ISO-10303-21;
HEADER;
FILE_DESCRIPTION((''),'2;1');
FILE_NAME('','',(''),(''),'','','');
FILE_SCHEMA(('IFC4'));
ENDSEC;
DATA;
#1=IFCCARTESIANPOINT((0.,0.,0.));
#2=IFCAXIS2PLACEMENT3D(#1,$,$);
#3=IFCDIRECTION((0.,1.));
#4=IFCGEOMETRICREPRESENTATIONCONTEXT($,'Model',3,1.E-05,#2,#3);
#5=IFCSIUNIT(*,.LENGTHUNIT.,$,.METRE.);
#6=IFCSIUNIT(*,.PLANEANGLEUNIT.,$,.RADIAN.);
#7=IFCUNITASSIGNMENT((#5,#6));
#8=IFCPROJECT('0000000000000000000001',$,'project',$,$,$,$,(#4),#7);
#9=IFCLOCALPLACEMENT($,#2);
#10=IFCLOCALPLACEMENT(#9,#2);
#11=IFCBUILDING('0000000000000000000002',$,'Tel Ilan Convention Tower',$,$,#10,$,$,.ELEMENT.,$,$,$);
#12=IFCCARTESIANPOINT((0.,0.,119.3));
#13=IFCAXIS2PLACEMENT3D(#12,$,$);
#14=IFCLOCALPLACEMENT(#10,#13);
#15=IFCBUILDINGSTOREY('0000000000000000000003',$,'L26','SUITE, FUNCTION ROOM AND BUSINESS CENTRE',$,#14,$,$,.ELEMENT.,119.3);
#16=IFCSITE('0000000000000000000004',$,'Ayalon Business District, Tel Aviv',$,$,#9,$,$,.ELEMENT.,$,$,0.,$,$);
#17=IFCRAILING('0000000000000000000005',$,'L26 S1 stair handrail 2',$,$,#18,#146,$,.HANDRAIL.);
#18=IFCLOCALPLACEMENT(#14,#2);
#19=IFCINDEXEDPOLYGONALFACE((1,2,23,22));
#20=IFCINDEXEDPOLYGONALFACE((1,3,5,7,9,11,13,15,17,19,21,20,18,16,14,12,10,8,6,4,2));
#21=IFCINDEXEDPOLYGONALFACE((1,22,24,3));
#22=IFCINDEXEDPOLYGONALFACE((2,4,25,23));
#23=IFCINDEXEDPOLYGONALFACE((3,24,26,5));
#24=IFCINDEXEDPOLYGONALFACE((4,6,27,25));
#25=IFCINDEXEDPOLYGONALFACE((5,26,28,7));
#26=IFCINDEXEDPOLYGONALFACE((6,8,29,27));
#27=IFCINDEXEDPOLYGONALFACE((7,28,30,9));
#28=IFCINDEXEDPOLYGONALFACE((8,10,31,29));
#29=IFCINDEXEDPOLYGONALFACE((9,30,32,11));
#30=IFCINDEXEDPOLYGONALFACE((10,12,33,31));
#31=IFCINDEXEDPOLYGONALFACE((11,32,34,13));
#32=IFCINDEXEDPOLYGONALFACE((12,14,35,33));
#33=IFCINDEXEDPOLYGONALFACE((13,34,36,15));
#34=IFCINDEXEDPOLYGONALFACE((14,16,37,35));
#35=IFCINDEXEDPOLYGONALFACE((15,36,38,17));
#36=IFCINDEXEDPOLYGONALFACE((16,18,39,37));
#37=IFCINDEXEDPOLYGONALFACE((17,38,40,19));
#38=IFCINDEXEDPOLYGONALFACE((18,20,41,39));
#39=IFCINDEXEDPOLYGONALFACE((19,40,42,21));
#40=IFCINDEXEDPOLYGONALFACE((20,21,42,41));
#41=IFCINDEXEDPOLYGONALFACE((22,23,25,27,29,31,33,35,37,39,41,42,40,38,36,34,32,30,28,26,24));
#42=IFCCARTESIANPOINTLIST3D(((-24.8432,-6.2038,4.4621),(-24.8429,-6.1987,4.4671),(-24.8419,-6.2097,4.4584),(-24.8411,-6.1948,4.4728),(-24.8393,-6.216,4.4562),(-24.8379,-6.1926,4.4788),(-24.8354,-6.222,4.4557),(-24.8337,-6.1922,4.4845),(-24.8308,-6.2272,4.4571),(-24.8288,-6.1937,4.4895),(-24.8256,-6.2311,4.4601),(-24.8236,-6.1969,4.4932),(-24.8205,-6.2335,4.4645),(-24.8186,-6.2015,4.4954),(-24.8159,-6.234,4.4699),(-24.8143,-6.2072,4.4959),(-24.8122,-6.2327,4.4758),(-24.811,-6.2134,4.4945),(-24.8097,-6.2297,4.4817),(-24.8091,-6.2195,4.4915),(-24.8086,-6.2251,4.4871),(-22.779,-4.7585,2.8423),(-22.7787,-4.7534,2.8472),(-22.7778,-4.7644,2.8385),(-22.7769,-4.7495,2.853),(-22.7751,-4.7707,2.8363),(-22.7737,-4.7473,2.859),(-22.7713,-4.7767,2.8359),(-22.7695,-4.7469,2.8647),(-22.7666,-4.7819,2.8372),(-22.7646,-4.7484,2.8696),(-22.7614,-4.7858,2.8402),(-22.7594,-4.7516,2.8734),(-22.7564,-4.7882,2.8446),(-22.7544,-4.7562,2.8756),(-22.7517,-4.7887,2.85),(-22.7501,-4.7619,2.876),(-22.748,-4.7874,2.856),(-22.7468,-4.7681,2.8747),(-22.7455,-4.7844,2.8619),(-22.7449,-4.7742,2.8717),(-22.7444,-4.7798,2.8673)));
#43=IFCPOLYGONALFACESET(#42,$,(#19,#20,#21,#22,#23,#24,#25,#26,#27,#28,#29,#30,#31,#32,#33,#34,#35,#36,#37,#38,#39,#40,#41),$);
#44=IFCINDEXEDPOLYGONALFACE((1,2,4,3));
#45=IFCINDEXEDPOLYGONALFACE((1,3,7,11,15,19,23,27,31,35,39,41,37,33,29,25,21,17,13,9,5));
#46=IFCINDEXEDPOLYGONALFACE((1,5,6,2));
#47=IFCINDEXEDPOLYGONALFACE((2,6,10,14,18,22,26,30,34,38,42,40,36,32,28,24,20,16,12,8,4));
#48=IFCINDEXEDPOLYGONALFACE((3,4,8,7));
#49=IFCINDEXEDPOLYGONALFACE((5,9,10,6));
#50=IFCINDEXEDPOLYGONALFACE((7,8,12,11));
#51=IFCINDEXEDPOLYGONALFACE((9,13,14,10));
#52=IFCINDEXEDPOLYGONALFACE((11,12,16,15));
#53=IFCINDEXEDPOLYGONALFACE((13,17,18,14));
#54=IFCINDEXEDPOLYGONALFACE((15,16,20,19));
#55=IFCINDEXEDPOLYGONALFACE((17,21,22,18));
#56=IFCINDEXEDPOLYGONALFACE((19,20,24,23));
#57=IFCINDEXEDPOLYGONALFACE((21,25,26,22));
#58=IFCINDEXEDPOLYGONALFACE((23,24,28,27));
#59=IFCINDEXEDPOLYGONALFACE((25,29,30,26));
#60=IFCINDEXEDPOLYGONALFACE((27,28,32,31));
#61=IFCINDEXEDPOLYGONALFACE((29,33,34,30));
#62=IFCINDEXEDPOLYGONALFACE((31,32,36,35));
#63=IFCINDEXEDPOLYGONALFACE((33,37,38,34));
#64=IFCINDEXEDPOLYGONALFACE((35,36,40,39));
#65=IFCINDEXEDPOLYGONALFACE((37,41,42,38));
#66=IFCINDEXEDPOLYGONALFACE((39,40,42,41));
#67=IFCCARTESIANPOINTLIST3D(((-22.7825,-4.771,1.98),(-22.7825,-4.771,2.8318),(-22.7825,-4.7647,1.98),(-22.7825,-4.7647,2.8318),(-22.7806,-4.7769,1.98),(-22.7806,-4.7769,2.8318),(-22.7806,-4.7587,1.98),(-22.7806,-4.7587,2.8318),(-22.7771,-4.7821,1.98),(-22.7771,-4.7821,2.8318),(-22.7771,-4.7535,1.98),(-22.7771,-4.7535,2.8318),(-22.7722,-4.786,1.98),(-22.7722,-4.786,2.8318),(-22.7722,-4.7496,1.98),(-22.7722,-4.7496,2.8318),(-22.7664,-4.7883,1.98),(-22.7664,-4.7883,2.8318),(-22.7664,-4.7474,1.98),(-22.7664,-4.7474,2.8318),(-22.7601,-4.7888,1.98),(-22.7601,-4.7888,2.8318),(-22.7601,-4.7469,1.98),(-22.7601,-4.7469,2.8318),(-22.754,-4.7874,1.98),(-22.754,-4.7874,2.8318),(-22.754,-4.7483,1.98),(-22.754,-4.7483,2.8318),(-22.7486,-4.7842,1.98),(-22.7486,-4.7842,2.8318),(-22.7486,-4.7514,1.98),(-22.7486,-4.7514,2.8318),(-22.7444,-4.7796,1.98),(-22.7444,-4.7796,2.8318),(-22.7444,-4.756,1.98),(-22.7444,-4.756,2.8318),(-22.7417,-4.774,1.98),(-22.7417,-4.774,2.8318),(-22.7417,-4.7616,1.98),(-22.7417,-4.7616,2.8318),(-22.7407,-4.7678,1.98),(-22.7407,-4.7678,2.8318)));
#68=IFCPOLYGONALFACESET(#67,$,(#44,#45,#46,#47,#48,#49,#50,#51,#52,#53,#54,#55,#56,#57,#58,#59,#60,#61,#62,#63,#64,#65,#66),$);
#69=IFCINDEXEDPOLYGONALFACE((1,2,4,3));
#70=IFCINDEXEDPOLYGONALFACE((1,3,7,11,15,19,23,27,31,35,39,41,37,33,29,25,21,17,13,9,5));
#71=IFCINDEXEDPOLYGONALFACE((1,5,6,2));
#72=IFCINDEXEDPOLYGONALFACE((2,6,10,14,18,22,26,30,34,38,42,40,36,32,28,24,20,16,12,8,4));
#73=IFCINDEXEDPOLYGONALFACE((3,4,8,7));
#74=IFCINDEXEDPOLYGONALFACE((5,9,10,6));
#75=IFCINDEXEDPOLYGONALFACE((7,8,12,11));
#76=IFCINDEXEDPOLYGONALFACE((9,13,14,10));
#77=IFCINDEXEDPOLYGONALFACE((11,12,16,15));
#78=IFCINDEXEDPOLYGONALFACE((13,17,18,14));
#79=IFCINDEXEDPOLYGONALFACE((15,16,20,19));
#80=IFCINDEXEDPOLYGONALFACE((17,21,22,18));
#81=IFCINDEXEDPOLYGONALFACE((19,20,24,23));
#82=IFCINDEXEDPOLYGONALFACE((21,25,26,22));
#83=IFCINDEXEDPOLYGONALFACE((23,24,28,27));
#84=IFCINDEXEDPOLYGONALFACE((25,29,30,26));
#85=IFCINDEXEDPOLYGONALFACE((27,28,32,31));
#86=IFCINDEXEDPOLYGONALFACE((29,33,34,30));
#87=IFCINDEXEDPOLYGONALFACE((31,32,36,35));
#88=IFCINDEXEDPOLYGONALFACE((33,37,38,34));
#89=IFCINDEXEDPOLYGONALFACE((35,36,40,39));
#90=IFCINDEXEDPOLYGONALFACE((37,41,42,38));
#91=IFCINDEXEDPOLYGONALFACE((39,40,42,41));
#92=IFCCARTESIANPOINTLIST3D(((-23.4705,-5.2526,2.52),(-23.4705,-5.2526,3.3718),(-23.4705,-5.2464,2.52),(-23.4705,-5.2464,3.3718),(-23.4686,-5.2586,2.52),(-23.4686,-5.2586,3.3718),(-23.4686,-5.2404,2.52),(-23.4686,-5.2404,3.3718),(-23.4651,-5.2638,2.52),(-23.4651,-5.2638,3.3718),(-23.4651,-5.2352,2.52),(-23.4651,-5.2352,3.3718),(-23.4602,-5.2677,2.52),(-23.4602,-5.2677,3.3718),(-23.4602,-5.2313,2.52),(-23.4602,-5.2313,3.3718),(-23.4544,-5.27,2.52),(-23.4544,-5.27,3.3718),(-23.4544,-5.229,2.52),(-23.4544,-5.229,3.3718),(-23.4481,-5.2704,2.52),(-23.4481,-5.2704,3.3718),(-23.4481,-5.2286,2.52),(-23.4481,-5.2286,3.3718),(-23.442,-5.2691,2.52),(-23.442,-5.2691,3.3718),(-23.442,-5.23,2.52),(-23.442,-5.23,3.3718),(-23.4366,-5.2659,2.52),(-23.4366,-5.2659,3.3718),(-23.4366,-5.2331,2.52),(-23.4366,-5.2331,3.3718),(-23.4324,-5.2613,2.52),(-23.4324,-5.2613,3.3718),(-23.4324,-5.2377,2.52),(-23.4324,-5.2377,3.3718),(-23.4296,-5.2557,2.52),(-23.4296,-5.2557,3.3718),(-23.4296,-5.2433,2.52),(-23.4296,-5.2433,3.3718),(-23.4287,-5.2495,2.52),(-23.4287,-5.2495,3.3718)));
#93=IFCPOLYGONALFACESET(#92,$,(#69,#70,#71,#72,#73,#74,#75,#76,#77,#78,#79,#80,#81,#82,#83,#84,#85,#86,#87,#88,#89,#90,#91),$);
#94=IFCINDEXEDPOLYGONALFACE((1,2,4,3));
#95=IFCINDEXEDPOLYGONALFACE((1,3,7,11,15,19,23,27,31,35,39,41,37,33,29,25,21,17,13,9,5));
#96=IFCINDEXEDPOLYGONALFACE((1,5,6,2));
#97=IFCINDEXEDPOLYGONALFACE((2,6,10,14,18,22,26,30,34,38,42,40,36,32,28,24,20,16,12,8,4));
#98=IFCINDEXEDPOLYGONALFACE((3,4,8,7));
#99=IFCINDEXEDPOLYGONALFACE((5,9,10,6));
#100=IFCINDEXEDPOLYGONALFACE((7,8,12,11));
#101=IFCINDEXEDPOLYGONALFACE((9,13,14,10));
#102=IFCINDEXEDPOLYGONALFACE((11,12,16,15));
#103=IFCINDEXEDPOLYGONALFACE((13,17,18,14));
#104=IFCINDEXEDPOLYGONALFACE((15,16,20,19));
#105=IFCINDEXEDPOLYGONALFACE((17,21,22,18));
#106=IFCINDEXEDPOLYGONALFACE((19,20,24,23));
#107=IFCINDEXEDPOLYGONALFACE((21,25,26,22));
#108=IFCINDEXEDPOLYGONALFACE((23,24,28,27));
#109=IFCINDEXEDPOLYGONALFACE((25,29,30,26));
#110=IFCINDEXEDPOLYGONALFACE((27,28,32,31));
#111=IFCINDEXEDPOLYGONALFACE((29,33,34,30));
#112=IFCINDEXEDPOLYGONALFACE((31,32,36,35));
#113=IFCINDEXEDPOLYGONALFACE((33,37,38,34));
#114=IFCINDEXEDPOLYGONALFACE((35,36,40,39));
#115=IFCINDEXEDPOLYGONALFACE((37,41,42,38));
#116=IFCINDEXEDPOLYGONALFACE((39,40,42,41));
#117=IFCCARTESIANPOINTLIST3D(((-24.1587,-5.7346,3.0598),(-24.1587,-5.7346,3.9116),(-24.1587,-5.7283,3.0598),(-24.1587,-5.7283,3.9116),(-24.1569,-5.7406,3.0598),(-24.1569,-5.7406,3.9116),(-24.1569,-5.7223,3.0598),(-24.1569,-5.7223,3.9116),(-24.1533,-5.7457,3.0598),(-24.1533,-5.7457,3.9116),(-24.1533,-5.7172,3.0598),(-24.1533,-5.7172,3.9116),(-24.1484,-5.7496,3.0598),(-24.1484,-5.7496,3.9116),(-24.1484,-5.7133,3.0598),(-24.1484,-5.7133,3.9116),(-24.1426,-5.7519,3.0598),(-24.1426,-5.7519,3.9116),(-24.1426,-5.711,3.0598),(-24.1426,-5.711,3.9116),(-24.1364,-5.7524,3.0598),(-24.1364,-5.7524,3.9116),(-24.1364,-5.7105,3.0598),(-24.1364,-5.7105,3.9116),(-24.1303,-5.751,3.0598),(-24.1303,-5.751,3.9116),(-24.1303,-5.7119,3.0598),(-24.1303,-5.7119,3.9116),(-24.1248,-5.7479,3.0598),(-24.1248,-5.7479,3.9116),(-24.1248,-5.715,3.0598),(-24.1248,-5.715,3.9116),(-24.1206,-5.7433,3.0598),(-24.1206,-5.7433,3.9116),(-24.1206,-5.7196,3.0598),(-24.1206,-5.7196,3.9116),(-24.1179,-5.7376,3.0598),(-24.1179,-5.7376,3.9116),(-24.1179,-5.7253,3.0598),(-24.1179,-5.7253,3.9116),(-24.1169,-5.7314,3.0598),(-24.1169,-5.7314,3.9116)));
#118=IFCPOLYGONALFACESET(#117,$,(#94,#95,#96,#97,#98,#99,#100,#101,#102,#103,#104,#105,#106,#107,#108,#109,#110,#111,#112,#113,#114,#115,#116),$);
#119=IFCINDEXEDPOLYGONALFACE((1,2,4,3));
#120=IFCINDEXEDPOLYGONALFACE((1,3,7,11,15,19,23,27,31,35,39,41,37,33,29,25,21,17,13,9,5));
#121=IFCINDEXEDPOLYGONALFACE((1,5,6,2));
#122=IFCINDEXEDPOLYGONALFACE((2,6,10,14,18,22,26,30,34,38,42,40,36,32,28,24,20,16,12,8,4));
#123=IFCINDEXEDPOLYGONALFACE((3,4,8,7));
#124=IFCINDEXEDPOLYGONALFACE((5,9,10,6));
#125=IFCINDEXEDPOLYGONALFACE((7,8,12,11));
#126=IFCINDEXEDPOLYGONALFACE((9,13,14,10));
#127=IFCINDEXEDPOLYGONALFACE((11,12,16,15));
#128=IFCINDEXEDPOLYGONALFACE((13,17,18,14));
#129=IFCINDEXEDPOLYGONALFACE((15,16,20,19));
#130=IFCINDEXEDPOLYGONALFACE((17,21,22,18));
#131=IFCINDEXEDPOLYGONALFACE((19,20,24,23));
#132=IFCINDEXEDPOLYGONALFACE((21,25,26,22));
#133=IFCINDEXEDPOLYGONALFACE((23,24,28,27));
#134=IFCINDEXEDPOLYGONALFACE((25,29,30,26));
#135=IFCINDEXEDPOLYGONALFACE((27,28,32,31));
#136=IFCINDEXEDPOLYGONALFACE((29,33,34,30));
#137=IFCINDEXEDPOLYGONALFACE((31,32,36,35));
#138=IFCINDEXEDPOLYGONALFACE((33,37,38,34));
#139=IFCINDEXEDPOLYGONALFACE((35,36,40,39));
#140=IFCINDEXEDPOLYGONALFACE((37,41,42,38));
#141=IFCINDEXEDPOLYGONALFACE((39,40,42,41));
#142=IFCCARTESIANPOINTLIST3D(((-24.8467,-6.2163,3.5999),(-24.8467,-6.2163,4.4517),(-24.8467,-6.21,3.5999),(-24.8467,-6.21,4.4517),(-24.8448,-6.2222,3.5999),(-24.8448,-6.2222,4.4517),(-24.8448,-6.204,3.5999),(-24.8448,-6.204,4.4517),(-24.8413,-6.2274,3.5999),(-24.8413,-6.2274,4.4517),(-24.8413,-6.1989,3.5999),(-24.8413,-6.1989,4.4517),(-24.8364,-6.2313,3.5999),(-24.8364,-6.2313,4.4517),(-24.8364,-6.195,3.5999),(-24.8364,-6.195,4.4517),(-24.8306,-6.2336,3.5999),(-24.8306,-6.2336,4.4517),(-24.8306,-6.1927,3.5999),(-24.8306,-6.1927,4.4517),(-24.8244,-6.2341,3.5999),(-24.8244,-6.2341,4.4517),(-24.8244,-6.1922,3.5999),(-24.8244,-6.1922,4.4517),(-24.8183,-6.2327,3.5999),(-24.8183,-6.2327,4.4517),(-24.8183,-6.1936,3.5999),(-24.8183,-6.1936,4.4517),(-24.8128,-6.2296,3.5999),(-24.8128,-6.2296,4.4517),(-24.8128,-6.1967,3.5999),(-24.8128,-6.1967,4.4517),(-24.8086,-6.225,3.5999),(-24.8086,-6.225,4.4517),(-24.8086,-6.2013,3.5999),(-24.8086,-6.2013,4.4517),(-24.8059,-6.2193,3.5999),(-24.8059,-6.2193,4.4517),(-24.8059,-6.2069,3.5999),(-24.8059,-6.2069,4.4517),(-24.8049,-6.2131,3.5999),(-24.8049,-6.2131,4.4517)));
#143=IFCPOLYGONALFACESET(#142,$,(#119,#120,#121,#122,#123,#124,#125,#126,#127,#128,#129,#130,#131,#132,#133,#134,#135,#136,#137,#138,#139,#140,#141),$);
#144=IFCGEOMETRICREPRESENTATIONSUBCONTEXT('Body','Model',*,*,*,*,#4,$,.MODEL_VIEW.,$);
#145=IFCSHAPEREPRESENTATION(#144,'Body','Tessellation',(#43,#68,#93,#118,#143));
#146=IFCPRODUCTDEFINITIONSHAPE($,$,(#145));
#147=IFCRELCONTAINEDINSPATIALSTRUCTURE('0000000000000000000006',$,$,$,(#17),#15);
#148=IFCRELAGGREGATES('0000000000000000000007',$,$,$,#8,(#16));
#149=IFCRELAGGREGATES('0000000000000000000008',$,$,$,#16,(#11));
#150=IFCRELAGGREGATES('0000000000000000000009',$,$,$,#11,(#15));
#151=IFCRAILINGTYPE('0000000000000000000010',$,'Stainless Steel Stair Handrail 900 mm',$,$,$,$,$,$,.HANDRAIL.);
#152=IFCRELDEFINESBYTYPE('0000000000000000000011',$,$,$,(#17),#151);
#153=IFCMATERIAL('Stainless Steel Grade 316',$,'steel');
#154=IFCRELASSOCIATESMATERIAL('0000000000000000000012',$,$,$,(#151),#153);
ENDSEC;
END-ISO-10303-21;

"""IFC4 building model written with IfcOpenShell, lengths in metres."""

from ifc_helpers import new_model, si_unit, direction, frame, origin, origin_2d, place, context, subcontext, project, spatial, circle, extrude, material, type_object, element, save


model = new_model("IFC4")

# Units and contexts
model_context = context("Model", 3, precision=1e-05, world=origin(), true_north=direction((0.0, 1.0)))
body_context = subcontext(model_context, "Body", "Model", "MODEL_VIEW")
ifc_project = project(units=[si_unit("LENGTHUNIT", "METRE"), si_unit("PLANEANGLEUNIT", "RADIAN")], contexts=[model_context])

# Site, building, storey
site_placement = place(None, origin())
site = spatial("IfcSite", under=ifc_project, at=site_placement, Name="Ayalon Business District, Tel Aviv", CompositionType="ELEMENT", RefElevation=0.0)
building_placement = place(site_placement, origin())
building = spatial("IfcBuilding", under=site, at=building_placement, Name="Tel Ilan Convention Tower", CompositionType="ELEMENT")
storey_placement = place(building_placement, frame((0.0, 0.0, 119.3)))
storey = spatial("IfcBuildingStorey", under=building, at=storey_placement, Name="L26", Description="SUITE, FUNCTION ROOM AND BUSINESS CENTRE", CompositionType="ELEMENT", Elevation=119.3)

# Railing
ifc_material_1 = material(Name="Stainless Steel Grade 316", Category="steel")
railing_type_1 = type_object("IfcRailingType", Name="Stainless Steel Stair Handrail 900 mm", PredefinedType="HANDRAIL", material=ifc_material_1)
railing_1_placement = place(storey_placement, frame((-22.7617, -4.7678, 1.98)))
element("IfcRailing", 1, at=railing_1_placement, inside=storey, type_object=railing_type_1, Name="L26 S1 stair handrail 2", PredefinedType="HANDRAIL", context=body_context, shape_type="SweptSolid", body=[
    extrude(circle(Radius=0.0239, at=origin_2d()), frame((0.0, 0.0, 0.876), z_axis=(-0.68907, -0.482472, 0.540743), x_axis=(0.57356, -0.819164, 0.0)), (0.0, 0.0, 1.0), 2.9956),
    extrude(circle(Radius=0.021, at=origin_2d()), origin(), (0.0, 0.0, 1.0), 0.8518),
    extrude(circle(Radius=0.021, at=origin_2d()), frame((-0.688, -0.4817, 0.54)), (0.0, 0.0, 1.0), 0.8518),
    extrude(circle(Radius=0.021, at=origin_2d()), frame((-1.3762, -0.9636, 1.0798)), (0.0, 0.0, 1.0), 0.8518),
    extrude(circle(Radius=0.021, at=origin_2d()), frame((-2.0642, -1.4453, 1.6199)), (0.0, 0.0, 1.0), 0.8518),
])

save(model, "model.ifc")
